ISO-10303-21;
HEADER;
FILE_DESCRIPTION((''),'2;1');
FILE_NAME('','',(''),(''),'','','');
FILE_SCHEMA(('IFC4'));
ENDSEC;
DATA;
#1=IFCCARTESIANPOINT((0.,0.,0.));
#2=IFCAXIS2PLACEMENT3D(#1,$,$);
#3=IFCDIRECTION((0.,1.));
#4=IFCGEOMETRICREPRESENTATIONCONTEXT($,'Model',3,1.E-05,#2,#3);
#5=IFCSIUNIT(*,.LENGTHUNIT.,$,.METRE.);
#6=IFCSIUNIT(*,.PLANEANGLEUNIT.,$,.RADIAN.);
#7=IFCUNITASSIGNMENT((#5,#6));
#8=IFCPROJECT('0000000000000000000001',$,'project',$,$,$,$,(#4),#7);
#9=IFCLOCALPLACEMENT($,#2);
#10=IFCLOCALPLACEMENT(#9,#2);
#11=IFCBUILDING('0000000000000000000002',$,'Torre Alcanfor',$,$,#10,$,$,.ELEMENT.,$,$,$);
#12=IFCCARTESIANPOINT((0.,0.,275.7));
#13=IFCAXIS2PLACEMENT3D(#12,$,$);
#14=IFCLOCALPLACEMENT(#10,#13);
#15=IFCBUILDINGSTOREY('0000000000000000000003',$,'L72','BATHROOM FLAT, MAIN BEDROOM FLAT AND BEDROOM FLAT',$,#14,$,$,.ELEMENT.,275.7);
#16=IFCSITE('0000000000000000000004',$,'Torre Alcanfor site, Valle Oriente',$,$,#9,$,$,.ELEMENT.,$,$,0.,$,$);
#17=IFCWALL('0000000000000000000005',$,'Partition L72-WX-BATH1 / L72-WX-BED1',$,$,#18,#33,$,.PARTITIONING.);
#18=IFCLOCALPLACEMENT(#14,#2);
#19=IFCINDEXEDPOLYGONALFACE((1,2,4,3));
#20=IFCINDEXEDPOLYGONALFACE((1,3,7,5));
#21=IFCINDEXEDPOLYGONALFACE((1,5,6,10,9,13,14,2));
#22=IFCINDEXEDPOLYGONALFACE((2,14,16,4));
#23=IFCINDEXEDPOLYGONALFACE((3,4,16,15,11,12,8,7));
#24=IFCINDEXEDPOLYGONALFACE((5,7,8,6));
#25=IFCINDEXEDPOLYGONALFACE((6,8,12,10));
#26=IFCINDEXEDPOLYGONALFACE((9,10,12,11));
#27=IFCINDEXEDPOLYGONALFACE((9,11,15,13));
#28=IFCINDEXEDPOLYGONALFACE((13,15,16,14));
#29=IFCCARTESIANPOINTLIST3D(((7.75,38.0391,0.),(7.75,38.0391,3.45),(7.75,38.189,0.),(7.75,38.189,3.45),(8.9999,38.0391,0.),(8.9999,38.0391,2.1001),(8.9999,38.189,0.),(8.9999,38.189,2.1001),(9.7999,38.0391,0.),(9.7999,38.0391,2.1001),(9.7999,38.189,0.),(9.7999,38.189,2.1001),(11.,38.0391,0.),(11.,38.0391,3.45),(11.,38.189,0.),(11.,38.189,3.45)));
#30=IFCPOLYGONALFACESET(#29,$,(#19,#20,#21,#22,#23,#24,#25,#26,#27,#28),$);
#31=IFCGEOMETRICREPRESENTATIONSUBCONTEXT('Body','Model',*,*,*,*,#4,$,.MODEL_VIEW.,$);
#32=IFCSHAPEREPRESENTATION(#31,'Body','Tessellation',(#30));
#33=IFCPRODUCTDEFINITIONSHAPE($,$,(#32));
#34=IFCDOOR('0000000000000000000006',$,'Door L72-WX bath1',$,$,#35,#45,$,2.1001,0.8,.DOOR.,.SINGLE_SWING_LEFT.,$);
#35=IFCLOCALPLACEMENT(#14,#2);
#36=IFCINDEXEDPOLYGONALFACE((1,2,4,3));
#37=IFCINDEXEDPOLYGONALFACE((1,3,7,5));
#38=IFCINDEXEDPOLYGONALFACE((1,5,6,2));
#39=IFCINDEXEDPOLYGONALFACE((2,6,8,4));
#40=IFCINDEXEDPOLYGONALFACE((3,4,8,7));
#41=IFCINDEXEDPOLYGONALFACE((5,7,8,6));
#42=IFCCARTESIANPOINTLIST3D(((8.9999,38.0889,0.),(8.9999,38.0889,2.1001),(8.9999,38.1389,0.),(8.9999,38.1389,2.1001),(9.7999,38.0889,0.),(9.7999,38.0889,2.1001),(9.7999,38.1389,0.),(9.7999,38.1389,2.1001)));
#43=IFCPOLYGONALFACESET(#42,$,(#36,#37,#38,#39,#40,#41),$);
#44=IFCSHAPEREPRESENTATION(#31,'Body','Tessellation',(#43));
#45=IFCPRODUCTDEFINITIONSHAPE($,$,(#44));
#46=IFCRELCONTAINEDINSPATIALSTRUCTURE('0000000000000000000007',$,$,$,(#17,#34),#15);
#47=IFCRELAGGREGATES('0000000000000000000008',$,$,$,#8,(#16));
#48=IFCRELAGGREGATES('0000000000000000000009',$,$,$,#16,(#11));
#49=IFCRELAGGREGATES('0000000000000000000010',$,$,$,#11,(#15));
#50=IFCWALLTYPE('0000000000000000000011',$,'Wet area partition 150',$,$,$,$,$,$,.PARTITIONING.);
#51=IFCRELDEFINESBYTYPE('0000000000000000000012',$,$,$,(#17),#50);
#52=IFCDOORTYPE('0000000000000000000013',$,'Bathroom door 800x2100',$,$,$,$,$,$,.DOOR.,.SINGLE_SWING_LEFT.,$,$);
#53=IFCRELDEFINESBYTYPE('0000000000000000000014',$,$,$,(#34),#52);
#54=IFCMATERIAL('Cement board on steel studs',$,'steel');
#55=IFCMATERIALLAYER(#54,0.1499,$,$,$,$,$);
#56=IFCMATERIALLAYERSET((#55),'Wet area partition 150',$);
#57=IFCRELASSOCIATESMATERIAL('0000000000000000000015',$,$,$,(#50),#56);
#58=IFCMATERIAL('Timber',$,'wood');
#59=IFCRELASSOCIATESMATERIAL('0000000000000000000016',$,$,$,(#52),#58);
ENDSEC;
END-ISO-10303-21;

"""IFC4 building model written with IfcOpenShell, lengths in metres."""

from ifc_helpers import new_model, si_unit, direction, frame, frame_2d, origin, place, context, subcontext, project, spatial, rectangle, extrude, material, layer, layer_set, type_object, element, fill, save


model = new_model("IFC4")

# Units and contexts
model_context = context("Model", 3, precision=1e-05, world=origin(), true_north=direction((0.0, 1.0)))
body_context = subcontext(model_context, "Body", "Model", "MODEL_VIEW")
ifc_project = project(units=[si_unit("LENGTHUNIT", "METRE"), si_unit("PLANEANGLEUNIT", "RADIAN")], contexts=[model_context])

# Site, building, storey
site_placement = place(None, origin())
site = spatial("IfcSite", under=ifc_project, at=site_placement, Name="Torre Alcanfor site, Valle Oriente", CompositionType="ELEMENT", RefElevation=0.0)
building_placement = place(site_placement, origin())
building = spatial("IfcBuilding", under=site, at=building_placement, Name="Torre Alcanfor", CompositionType="ELEMENT")
storey_placement = place(building_placement, frame((0.0, 0.0, 275.7)))
storey = spatial("IfcBuildingStorey", under=building, at=storey_placement, Name="L72", Description="BATHROOM FLAT, MAIN BEDROOM FLAT AND BEDROOM FLAT", CompositionType="ELEMENT", Elevation=275.7)

# Wall, opening, door
ifc_material_1 = material(Name="Cement board on steel studs", Category="steel")
ifc_layer_1 = layer(ifc_material_1, 0.1499)
ifc_layer_set_1 = layer_set([ifc_layer_1], Name="Wet area partition 150")
wall_type_1 = type_object("IfcWallType", Name="Wet area partition 150", PredefinedType="PARTITIONING", material=ifc_layer_set_1)
wall_1_placement = place(storey_placement, frame((7.75, 38.114, 0.0), z_axis=(0.0, 0.0, 1.0), x_axis=(1.0, 0.0, 0.0)))
wall_1 = element("IfcWall", 1, at=wall_1_placement, inside=storey, type_object=wall_type_1, Name="Partition L72-WX-BATH1 / L72-WX-BED1", PredefinedType="PARTITIONING", context=body_context, shape_type="SweptSolid", body=[
    extrude(rectangle(XDim=3.25, YDim=0.1499, at=frame_2d((1.625, 0.0))), origin(), (0.0, 0.0, 1.0), 3.45),
])
opening_1_placement = place(wall_1_placement, frame((1.25, 0.0, 0.0)))
opening_1 = element("IfcOpeningElement", 2, at=opening_1_placement, cuts=wall_1, PredefinedType="OPENING", context=body_context, shape_type="SweptSolid", body=[
    extrude(rectangle(XDim=0.8, YDim=2.1001, at=frame_2d((0.3999, 1.05))), frame((0.0, 0.085, 0.0), z_axis=(0.0, -1.0, 0.0), x_axis=(1.0, 0.0, 0.0)), (0.0, 0.0, 1.0), 0.1699),
])
ifc_material_2 = material(Name="Timber", Category="wood")
door_type_1 = type_object("IfcDoorType", Name="Bathroom door 800x2100", OperationType="SINGLE_SWING_LEFT", PredefinedType="DOOR", material=ifc_material_2)
door_1_placement = place(opening_1_placement, frame((0.8, 0.0, 0.0), z_axis=(0.0, 0.0, 1.0), x_axis=(-1.0, 0.0, 0.0)))
door_1 = element("IfcDoor", 3, at=door_1_placement, inside=storey, type_object=door_type_1, Name="Door L72-WX bath1", OperationType="SINGLE_SWING_LEFT", OverallHeight=2.1001, OverallWidth=0.8, PredefinedType="DOOR", context=body_context, shape_type="SweptSolid", body=[
    extrude(rectangle(XDim=0.8, YDim=2.1001, at=frame_2d((0.4001, 1.05))), frame((0.0, 0.0251, 0.0), z_axis=(0.0, -1.0, 0.0), x_axis=(1.0, 0.0, 0.0)), (0.0, 0.0, 1.0), 0.05),
])
fill(opening_1, door_1)

save(model, "model.ifc")
